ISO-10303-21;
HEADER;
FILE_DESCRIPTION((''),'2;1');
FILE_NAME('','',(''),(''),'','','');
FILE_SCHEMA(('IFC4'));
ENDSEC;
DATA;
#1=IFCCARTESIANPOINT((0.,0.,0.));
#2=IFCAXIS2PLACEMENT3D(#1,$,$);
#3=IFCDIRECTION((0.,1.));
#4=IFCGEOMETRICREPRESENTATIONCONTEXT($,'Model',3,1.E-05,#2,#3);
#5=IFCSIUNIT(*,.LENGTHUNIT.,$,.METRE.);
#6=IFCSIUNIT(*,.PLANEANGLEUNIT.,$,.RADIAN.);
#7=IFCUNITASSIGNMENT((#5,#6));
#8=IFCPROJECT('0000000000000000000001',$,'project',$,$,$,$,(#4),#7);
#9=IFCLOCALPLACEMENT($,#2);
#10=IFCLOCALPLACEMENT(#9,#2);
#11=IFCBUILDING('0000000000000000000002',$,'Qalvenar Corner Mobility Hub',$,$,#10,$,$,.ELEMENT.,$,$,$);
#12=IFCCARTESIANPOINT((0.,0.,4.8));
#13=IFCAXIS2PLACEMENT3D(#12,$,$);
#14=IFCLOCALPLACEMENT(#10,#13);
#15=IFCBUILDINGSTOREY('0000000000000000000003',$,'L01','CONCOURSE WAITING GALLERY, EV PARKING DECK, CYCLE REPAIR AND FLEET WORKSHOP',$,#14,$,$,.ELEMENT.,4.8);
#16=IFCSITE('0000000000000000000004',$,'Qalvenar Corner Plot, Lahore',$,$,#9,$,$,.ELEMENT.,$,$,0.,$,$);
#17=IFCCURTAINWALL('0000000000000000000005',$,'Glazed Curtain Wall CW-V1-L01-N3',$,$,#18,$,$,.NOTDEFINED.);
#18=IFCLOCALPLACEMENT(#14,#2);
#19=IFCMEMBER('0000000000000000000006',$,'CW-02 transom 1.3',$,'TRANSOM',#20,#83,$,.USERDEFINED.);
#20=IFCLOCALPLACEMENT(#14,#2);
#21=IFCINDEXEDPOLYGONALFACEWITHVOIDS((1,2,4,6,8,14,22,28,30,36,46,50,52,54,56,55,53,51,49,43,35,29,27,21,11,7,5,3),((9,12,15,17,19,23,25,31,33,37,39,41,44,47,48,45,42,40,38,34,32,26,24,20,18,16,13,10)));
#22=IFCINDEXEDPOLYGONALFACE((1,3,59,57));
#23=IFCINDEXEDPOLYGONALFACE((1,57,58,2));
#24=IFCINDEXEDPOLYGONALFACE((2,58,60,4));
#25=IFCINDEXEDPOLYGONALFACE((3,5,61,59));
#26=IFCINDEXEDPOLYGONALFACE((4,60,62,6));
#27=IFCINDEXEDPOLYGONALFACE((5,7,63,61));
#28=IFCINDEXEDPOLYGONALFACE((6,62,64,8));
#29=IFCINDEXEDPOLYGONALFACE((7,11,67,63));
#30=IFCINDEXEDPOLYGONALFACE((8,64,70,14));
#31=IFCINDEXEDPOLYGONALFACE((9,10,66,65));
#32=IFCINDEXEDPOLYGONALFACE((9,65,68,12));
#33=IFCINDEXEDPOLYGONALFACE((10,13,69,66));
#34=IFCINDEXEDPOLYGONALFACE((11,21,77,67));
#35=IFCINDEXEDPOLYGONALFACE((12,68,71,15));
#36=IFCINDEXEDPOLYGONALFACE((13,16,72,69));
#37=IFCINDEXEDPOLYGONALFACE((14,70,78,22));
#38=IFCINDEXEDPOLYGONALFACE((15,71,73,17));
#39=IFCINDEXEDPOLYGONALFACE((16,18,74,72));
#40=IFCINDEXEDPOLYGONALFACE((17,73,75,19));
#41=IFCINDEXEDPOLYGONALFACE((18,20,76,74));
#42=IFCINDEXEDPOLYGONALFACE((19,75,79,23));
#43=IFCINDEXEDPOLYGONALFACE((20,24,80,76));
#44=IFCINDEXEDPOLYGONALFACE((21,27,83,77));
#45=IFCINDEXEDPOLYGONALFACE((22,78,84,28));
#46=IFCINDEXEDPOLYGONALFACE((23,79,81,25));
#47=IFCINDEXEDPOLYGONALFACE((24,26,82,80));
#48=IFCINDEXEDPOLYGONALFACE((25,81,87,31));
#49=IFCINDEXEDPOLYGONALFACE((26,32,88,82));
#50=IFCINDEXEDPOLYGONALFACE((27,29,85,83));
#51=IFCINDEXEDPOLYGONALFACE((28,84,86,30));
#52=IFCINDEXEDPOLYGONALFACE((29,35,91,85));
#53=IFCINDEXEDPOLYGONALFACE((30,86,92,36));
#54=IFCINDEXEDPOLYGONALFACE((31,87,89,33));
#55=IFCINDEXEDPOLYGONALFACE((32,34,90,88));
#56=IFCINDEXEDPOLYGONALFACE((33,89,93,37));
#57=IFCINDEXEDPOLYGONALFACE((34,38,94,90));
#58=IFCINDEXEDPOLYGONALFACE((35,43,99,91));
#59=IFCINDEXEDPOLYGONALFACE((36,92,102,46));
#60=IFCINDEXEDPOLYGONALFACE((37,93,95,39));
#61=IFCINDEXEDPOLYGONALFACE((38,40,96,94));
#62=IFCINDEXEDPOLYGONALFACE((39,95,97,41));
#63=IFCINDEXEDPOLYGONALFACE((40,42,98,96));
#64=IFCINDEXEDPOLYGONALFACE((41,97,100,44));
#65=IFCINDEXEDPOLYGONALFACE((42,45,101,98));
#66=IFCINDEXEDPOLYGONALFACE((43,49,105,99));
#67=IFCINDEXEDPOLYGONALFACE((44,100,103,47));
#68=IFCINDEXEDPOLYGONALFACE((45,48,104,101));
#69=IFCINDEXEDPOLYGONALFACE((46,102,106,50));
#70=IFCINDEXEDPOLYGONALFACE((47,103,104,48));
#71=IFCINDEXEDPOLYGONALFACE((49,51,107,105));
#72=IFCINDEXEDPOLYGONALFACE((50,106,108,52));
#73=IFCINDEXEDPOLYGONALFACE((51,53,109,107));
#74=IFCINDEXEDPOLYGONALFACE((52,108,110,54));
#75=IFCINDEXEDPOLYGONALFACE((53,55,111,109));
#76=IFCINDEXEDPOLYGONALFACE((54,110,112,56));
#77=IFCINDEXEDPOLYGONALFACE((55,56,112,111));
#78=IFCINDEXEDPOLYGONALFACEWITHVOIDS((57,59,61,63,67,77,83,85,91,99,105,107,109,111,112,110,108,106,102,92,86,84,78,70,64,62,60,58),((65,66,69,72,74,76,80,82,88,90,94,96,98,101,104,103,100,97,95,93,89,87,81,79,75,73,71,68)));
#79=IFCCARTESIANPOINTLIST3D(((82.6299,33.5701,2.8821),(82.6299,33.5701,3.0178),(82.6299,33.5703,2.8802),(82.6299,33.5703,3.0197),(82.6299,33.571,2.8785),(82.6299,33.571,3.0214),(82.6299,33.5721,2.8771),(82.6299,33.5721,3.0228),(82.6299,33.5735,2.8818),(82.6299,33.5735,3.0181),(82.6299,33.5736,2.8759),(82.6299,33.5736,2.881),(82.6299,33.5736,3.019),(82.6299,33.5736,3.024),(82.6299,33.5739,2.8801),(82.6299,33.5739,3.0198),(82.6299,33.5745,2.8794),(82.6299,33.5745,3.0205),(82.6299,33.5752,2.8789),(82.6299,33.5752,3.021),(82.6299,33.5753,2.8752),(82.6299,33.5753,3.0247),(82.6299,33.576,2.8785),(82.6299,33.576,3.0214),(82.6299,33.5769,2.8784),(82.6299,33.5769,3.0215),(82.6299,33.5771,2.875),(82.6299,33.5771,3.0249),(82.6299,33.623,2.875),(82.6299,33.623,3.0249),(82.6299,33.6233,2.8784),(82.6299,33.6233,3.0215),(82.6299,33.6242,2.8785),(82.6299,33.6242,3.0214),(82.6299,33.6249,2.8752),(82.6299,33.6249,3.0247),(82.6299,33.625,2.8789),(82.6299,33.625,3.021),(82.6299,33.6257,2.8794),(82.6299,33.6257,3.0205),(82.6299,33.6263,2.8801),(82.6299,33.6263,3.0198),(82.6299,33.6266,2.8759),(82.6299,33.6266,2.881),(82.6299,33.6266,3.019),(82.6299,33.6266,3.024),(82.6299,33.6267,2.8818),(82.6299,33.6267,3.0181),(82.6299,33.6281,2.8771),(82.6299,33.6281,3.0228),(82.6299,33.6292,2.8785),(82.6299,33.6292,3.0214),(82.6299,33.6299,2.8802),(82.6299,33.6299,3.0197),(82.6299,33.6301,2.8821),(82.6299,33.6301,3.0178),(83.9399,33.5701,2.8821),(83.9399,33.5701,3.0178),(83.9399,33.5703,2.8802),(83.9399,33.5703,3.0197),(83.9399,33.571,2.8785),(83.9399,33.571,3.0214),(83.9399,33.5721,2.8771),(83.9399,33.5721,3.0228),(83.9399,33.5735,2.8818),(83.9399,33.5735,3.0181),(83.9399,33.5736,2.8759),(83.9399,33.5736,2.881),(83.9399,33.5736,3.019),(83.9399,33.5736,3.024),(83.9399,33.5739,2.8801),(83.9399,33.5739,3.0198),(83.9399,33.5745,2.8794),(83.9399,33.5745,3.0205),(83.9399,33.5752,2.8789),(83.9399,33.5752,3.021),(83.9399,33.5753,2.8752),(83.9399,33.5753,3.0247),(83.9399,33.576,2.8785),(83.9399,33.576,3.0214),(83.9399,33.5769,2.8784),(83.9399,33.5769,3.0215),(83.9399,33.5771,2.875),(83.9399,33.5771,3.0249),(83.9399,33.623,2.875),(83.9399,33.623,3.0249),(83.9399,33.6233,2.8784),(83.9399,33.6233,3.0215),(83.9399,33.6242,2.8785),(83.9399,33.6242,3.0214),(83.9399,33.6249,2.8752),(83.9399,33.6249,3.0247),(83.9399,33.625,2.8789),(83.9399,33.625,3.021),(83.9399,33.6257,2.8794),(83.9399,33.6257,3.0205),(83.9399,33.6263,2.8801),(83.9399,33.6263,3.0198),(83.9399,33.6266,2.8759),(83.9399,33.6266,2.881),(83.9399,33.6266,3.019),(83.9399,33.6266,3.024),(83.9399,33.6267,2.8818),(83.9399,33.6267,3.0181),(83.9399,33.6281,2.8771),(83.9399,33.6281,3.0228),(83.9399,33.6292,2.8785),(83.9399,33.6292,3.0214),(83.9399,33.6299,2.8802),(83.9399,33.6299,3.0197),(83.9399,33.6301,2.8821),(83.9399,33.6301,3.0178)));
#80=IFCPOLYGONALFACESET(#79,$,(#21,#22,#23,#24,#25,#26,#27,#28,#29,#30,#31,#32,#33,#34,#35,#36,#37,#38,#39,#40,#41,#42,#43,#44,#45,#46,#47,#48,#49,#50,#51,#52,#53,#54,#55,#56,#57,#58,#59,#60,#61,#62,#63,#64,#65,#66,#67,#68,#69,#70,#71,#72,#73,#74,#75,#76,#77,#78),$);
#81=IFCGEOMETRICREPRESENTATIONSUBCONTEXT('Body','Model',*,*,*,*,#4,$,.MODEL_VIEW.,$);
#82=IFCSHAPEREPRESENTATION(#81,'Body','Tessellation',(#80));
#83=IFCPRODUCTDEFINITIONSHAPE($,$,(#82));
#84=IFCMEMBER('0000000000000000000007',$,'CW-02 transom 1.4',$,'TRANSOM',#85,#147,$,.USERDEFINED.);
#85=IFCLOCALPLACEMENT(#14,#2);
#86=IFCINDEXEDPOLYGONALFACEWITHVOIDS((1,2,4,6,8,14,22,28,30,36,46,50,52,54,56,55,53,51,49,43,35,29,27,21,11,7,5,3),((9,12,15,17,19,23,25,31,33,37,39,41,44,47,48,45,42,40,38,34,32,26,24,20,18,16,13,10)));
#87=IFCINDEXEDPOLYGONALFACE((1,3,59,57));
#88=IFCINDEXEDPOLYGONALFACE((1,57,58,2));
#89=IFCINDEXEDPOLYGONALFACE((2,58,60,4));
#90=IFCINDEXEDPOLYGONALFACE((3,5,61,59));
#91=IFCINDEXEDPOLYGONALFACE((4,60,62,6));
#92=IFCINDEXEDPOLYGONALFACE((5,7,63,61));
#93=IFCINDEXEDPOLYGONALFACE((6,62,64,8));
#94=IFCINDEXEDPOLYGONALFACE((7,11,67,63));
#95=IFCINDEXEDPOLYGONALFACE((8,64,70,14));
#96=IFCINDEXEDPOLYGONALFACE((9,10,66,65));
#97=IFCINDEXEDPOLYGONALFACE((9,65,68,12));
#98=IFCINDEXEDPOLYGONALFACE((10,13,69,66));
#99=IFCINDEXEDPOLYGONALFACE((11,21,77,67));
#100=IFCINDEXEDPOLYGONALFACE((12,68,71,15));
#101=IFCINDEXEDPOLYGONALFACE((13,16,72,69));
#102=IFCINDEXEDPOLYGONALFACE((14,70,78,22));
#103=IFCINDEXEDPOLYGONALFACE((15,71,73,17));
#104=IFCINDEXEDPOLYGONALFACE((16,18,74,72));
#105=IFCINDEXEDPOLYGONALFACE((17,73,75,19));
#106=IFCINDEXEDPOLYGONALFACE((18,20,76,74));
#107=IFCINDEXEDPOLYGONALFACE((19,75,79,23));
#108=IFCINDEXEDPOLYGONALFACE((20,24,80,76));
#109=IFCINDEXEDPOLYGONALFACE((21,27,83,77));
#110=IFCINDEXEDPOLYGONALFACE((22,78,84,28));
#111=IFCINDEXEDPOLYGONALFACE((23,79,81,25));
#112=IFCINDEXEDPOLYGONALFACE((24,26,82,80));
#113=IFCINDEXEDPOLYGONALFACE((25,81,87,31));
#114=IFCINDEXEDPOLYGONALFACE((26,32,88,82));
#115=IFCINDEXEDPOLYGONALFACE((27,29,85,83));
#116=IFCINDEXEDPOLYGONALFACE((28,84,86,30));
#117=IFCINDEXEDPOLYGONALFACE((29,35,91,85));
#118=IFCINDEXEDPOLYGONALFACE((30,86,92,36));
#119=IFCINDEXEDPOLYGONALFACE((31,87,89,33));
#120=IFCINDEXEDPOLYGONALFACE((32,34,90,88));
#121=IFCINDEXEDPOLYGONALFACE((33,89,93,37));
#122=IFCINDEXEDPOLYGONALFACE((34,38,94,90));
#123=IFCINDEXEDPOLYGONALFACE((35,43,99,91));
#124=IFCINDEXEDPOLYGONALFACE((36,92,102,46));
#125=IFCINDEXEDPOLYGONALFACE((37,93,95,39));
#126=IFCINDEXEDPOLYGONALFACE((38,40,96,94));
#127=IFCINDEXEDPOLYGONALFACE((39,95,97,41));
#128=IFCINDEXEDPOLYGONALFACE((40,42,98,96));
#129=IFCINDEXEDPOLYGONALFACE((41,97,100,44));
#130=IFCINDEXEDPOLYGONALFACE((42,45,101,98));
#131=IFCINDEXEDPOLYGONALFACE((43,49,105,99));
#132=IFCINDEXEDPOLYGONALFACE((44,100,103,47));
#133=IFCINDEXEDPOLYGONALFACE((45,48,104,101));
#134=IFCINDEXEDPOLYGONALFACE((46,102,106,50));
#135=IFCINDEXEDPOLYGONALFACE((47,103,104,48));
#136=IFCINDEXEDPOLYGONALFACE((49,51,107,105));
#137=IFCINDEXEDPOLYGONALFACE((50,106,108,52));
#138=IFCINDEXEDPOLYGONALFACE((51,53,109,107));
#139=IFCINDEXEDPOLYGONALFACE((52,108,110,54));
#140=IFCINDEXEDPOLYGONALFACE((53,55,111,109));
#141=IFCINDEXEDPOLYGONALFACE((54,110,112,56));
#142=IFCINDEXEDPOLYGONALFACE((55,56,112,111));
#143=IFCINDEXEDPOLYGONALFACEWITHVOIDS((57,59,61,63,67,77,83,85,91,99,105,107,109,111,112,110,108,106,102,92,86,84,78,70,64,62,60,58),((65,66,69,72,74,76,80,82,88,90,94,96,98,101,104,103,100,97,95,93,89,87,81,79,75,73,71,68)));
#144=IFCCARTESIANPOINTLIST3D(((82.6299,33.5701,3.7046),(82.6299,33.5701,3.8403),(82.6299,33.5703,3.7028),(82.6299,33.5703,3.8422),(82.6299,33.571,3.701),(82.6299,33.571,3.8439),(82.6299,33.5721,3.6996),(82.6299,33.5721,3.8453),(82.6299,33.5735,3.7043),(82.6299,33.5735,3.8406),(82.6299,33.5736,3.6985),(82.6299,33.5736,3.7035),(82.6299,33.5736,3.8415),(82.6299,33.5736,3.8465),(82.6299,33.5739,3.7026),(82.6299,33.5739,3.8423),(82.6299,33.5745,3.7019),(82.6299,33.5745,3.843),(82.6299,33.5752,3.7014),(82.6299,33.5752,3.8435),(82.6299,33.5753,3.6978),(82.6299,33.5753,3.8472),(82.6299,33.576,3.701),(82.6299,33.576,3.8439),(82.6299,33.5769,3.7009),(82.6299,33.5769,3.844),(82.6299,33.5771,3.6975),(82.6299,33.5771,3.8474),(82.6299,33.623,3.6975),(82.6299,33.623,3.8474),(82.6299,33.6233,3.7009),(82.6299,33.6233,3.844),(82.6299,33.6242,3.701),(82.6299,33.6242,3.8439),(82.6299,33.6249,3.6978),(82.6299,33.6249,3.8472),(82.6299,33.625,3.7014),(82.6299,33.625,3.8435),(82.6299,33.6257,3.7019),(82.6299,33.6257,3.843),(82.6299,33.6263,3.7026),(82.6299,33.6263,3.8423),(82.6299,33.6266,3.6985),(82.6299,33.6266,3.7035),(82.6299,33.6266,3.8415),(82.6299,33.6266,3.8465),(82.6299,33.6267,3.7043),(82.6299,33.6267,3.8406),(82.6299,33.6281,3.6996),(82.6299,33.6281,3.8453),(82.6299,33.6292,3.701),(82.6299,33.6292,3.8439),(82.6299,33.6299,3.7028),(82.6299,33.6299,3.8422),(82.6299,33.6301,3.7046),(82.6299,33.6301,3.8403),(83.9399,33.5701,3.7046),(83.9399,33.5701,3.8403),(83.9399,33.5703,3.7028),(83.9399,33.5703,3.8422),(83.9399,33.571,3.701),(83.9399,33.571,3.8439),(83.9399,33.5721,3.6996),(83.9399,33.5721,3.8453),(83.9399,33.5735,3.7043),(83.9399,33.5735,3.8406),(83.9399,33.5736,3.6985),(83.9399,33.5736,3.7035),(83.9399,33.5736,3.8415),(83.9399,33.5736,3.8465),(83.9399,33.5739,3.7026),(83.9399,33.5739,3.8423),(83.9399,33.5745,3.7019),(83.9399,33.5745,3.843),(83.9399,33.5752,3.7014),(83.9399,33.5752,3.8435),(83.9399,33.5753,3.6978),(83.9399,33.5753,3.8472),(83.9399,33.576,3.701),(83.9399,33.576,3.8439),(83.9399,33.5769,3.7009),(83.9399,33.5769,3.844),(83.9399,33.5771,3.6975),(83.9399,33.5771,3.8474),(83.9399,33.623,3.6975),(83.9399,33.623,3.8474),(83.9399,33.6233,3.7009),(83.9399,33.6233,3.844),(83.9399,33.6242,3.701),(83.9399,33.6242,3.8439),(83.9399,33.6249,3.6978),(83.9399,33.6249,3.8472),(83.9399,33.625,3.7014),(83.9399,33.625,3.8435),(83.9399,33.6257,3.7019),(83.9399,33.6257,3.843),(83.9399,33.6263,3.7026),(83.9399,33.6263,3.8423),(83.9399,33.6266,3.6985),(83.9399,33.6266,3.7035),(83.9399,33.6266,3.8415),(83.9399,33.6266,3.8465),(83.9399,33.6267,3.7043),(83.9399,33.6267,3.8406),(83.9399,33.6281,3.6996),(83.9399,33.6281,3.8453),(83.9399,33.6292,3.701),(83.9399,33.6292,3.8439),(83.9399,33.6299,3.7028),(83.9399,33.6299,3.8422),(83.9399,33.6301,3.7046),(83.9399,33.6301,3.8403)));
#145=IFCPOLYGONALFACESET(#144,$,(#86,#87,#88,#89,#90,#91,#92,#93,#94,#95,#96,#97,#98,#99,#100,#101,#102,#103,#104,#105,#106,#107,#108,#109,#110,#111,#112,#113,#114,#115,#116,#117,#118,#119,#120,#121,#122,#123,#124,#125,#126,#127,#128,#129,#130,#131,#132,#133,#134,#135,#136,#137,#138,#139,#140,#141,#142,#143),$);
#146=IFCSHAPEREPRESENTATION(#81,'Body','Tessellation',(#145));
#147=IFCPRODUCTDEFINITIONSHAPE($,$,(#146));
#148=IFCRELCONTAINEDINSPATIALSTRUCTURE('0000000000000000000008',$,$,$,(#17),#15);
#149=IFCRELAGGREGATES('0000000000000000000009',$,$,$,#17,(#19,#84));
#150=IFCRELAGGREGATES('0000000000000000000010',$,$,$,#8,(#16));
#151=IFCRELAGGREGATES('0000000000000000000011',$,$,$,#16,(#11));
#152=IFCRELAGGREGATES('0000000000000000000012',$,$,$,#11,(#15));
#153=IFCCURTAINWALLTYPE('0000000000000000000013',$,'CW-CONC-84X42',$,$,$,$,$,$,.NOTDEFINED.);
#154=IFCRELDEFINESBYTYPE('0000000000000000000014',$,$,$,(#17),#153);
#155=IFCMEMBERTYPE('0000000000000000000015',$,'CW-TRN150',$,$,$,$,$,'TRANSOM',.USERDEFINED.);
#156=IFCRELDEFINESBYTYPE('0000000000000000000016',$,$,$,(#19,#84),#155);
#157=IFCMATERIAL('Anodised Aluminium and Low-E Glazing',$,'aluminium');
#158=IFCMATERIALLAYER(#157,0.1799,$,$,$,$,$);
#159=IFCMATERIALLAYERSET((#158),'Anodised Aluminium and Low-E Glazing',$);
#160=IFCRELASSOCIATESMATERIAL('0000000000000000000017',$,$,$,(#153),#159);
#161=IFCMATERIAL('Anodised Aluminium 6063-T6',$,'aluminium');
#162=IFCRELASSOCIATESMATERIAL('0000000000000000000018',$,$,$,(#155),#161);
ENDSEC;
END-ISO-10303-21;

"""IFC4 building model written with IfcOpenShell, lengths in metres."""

from ifc_helpers import new_model, si_unit, direction, frame, origin, origin_2d, place, context, subcontext, project, spatial, hollow_rectangle, extrude, material, layer, layer_set, material_profile, profile_set, type_object, element, aggregate, save


model = new_model("IFC4")

# Units and contexts
model_context = context("Model", 3, precision=1e-05, world=origin(), true_north=direction((0.0, 1.0)))
body_context = subcontext(model_context, "Body", "Model", "MODEL_VIEW")
ifc_project = project(units=[si_unit("LENGTHUNIT", "METRE"), si_unit("PLANEANGLEUNIT", "RADIAN")], contexts=[model_context])

# Site, building, storey
site_placement = place(None, origin())
site = spatial("IfcSite", under=ifc_project, at=site_placement, Name="Qalvenar Corner Plot, Lahore", CompositionType="ELEMENT", RefElevation=0.0)
building_placement = place(site_placement, origin())
building = spatial("IfcBuilding", under=site, at=building_placement, Name="Qalvenar Corner Mobility Hub", CompositionType="ELEMENT")
storey_placement = place(building_placement, frame((0.0, 0.0, 4.8)))
storey = spatial("IfcBuildingStorey", under=building, at=storey_placement, Name="L01", Description="CONCOURSE WAITING GALLERY, EV PARKING DECK, CYCLE REPAIR AND FLEET WORKSHOP", CompositionType="ELEMENT", Elevation=4.8)

# Curtain wall
ifc_material_1 = material(Name="Anodised Aluminium and Low-E Glazing", Category="aluminium")
ifc_layer_1 = layer(ifc_material_1, 0.1799)
ifc_layer_set_1 = layer_set([ifc_layer_1], Name="Anodised Aluminium and Low-E Glazing")
curtain_wall_type = type_object("IfcCurtainWallType", Name="CW-CONC-84X42", PredefinedType="NOTDEFINED", material=ifc_layer_set_1)
curtain_wall_1_placement = place(storey_placement, origin())
curtain_wall_1 = element("IfcCurtainWall", 1, at=curtain_wall_1_placement, inside=storey, type_object=curtain_wall_type, Name="Glazed Curtain Wall CW-V1-L01-N3", PredefinedType="NOTDEFINED")
ifc_material_2 = material(Name="Anodised Aluminium 6063-T6", Category="aluminium")

# Members
ifc_material_profile_1 = material_profile(ifc_material_2, hollow_rectangle(XDim=0.0601, YDim=0.1499, WallThickness=0.0034, InnerFilletRadius=0.0034, OuterFilletRadius=0.0071, at=origin_2d()), Name="RHS150x60x3.5")
ifc_profile_set_1 = profile_set([ifc_material_profile_1], Name="Anodised Aluminium 6063-T6")
member_type_1 = type_object("IfcMemberType", Name="CW-TRN150", ElementType="TRANSOM", PredefinedType="USERDEFINED", material=ifc_profile_set_1)
member_1_placement = place(storey_placement, frame((83.9399, 33.6001, 2.95), z_axis=(-1.0, 0.0, 0.0), x_axis=(0.0, -1.0, 0.0)))
member_1 = element("IfcMember", 2, at=member_1_placement, type_object=member_type_1, Name="CW-02 transom 1.3", ObjectType="TRANSOM", PredefinedType="USERDEFINED", context=body_context, shape_type="SweptSolid", body=[
    extrude(hollow_rectangle(XDim=0.0601, YDim=0.1499, WallThickness=0.0034, InnerFilletRadius=0.0034, OuterFilletRadius=0.0071, at=origin_2d()), origin(), (0.0, 0.0, 1.0), 1.3101),
])
member_2_placement = place(storey_placement, frame((83.9399, 33.6001, 3.7725), z_axis=(-1.0, 0.0, 0.0), x_axis=(0.0, -1.0, 0.0)))
member_2 = element("IfcMember", 3, at=member_2_placement, type_object=member_type_1, Name="CW-02 transom 1.4", ObjectType="TRANSOM", PredefinedType="USERDEFINED", context=body_context, shape_type="SweptSolid", body=[
    extrude(hollow_rectangle(XDim=0.0601, YDim=0.1499, WallThickness=0.0034, InnerFilletRadius=0.0034, OuterFilletRadius=0.0071, at=origin_2d()), origin(), (0.0, 0.0, 1.0), 1.3101),
])

aggregate(curtain_wall_1, [member_1, member_2])

save(model, "model.ifc")
